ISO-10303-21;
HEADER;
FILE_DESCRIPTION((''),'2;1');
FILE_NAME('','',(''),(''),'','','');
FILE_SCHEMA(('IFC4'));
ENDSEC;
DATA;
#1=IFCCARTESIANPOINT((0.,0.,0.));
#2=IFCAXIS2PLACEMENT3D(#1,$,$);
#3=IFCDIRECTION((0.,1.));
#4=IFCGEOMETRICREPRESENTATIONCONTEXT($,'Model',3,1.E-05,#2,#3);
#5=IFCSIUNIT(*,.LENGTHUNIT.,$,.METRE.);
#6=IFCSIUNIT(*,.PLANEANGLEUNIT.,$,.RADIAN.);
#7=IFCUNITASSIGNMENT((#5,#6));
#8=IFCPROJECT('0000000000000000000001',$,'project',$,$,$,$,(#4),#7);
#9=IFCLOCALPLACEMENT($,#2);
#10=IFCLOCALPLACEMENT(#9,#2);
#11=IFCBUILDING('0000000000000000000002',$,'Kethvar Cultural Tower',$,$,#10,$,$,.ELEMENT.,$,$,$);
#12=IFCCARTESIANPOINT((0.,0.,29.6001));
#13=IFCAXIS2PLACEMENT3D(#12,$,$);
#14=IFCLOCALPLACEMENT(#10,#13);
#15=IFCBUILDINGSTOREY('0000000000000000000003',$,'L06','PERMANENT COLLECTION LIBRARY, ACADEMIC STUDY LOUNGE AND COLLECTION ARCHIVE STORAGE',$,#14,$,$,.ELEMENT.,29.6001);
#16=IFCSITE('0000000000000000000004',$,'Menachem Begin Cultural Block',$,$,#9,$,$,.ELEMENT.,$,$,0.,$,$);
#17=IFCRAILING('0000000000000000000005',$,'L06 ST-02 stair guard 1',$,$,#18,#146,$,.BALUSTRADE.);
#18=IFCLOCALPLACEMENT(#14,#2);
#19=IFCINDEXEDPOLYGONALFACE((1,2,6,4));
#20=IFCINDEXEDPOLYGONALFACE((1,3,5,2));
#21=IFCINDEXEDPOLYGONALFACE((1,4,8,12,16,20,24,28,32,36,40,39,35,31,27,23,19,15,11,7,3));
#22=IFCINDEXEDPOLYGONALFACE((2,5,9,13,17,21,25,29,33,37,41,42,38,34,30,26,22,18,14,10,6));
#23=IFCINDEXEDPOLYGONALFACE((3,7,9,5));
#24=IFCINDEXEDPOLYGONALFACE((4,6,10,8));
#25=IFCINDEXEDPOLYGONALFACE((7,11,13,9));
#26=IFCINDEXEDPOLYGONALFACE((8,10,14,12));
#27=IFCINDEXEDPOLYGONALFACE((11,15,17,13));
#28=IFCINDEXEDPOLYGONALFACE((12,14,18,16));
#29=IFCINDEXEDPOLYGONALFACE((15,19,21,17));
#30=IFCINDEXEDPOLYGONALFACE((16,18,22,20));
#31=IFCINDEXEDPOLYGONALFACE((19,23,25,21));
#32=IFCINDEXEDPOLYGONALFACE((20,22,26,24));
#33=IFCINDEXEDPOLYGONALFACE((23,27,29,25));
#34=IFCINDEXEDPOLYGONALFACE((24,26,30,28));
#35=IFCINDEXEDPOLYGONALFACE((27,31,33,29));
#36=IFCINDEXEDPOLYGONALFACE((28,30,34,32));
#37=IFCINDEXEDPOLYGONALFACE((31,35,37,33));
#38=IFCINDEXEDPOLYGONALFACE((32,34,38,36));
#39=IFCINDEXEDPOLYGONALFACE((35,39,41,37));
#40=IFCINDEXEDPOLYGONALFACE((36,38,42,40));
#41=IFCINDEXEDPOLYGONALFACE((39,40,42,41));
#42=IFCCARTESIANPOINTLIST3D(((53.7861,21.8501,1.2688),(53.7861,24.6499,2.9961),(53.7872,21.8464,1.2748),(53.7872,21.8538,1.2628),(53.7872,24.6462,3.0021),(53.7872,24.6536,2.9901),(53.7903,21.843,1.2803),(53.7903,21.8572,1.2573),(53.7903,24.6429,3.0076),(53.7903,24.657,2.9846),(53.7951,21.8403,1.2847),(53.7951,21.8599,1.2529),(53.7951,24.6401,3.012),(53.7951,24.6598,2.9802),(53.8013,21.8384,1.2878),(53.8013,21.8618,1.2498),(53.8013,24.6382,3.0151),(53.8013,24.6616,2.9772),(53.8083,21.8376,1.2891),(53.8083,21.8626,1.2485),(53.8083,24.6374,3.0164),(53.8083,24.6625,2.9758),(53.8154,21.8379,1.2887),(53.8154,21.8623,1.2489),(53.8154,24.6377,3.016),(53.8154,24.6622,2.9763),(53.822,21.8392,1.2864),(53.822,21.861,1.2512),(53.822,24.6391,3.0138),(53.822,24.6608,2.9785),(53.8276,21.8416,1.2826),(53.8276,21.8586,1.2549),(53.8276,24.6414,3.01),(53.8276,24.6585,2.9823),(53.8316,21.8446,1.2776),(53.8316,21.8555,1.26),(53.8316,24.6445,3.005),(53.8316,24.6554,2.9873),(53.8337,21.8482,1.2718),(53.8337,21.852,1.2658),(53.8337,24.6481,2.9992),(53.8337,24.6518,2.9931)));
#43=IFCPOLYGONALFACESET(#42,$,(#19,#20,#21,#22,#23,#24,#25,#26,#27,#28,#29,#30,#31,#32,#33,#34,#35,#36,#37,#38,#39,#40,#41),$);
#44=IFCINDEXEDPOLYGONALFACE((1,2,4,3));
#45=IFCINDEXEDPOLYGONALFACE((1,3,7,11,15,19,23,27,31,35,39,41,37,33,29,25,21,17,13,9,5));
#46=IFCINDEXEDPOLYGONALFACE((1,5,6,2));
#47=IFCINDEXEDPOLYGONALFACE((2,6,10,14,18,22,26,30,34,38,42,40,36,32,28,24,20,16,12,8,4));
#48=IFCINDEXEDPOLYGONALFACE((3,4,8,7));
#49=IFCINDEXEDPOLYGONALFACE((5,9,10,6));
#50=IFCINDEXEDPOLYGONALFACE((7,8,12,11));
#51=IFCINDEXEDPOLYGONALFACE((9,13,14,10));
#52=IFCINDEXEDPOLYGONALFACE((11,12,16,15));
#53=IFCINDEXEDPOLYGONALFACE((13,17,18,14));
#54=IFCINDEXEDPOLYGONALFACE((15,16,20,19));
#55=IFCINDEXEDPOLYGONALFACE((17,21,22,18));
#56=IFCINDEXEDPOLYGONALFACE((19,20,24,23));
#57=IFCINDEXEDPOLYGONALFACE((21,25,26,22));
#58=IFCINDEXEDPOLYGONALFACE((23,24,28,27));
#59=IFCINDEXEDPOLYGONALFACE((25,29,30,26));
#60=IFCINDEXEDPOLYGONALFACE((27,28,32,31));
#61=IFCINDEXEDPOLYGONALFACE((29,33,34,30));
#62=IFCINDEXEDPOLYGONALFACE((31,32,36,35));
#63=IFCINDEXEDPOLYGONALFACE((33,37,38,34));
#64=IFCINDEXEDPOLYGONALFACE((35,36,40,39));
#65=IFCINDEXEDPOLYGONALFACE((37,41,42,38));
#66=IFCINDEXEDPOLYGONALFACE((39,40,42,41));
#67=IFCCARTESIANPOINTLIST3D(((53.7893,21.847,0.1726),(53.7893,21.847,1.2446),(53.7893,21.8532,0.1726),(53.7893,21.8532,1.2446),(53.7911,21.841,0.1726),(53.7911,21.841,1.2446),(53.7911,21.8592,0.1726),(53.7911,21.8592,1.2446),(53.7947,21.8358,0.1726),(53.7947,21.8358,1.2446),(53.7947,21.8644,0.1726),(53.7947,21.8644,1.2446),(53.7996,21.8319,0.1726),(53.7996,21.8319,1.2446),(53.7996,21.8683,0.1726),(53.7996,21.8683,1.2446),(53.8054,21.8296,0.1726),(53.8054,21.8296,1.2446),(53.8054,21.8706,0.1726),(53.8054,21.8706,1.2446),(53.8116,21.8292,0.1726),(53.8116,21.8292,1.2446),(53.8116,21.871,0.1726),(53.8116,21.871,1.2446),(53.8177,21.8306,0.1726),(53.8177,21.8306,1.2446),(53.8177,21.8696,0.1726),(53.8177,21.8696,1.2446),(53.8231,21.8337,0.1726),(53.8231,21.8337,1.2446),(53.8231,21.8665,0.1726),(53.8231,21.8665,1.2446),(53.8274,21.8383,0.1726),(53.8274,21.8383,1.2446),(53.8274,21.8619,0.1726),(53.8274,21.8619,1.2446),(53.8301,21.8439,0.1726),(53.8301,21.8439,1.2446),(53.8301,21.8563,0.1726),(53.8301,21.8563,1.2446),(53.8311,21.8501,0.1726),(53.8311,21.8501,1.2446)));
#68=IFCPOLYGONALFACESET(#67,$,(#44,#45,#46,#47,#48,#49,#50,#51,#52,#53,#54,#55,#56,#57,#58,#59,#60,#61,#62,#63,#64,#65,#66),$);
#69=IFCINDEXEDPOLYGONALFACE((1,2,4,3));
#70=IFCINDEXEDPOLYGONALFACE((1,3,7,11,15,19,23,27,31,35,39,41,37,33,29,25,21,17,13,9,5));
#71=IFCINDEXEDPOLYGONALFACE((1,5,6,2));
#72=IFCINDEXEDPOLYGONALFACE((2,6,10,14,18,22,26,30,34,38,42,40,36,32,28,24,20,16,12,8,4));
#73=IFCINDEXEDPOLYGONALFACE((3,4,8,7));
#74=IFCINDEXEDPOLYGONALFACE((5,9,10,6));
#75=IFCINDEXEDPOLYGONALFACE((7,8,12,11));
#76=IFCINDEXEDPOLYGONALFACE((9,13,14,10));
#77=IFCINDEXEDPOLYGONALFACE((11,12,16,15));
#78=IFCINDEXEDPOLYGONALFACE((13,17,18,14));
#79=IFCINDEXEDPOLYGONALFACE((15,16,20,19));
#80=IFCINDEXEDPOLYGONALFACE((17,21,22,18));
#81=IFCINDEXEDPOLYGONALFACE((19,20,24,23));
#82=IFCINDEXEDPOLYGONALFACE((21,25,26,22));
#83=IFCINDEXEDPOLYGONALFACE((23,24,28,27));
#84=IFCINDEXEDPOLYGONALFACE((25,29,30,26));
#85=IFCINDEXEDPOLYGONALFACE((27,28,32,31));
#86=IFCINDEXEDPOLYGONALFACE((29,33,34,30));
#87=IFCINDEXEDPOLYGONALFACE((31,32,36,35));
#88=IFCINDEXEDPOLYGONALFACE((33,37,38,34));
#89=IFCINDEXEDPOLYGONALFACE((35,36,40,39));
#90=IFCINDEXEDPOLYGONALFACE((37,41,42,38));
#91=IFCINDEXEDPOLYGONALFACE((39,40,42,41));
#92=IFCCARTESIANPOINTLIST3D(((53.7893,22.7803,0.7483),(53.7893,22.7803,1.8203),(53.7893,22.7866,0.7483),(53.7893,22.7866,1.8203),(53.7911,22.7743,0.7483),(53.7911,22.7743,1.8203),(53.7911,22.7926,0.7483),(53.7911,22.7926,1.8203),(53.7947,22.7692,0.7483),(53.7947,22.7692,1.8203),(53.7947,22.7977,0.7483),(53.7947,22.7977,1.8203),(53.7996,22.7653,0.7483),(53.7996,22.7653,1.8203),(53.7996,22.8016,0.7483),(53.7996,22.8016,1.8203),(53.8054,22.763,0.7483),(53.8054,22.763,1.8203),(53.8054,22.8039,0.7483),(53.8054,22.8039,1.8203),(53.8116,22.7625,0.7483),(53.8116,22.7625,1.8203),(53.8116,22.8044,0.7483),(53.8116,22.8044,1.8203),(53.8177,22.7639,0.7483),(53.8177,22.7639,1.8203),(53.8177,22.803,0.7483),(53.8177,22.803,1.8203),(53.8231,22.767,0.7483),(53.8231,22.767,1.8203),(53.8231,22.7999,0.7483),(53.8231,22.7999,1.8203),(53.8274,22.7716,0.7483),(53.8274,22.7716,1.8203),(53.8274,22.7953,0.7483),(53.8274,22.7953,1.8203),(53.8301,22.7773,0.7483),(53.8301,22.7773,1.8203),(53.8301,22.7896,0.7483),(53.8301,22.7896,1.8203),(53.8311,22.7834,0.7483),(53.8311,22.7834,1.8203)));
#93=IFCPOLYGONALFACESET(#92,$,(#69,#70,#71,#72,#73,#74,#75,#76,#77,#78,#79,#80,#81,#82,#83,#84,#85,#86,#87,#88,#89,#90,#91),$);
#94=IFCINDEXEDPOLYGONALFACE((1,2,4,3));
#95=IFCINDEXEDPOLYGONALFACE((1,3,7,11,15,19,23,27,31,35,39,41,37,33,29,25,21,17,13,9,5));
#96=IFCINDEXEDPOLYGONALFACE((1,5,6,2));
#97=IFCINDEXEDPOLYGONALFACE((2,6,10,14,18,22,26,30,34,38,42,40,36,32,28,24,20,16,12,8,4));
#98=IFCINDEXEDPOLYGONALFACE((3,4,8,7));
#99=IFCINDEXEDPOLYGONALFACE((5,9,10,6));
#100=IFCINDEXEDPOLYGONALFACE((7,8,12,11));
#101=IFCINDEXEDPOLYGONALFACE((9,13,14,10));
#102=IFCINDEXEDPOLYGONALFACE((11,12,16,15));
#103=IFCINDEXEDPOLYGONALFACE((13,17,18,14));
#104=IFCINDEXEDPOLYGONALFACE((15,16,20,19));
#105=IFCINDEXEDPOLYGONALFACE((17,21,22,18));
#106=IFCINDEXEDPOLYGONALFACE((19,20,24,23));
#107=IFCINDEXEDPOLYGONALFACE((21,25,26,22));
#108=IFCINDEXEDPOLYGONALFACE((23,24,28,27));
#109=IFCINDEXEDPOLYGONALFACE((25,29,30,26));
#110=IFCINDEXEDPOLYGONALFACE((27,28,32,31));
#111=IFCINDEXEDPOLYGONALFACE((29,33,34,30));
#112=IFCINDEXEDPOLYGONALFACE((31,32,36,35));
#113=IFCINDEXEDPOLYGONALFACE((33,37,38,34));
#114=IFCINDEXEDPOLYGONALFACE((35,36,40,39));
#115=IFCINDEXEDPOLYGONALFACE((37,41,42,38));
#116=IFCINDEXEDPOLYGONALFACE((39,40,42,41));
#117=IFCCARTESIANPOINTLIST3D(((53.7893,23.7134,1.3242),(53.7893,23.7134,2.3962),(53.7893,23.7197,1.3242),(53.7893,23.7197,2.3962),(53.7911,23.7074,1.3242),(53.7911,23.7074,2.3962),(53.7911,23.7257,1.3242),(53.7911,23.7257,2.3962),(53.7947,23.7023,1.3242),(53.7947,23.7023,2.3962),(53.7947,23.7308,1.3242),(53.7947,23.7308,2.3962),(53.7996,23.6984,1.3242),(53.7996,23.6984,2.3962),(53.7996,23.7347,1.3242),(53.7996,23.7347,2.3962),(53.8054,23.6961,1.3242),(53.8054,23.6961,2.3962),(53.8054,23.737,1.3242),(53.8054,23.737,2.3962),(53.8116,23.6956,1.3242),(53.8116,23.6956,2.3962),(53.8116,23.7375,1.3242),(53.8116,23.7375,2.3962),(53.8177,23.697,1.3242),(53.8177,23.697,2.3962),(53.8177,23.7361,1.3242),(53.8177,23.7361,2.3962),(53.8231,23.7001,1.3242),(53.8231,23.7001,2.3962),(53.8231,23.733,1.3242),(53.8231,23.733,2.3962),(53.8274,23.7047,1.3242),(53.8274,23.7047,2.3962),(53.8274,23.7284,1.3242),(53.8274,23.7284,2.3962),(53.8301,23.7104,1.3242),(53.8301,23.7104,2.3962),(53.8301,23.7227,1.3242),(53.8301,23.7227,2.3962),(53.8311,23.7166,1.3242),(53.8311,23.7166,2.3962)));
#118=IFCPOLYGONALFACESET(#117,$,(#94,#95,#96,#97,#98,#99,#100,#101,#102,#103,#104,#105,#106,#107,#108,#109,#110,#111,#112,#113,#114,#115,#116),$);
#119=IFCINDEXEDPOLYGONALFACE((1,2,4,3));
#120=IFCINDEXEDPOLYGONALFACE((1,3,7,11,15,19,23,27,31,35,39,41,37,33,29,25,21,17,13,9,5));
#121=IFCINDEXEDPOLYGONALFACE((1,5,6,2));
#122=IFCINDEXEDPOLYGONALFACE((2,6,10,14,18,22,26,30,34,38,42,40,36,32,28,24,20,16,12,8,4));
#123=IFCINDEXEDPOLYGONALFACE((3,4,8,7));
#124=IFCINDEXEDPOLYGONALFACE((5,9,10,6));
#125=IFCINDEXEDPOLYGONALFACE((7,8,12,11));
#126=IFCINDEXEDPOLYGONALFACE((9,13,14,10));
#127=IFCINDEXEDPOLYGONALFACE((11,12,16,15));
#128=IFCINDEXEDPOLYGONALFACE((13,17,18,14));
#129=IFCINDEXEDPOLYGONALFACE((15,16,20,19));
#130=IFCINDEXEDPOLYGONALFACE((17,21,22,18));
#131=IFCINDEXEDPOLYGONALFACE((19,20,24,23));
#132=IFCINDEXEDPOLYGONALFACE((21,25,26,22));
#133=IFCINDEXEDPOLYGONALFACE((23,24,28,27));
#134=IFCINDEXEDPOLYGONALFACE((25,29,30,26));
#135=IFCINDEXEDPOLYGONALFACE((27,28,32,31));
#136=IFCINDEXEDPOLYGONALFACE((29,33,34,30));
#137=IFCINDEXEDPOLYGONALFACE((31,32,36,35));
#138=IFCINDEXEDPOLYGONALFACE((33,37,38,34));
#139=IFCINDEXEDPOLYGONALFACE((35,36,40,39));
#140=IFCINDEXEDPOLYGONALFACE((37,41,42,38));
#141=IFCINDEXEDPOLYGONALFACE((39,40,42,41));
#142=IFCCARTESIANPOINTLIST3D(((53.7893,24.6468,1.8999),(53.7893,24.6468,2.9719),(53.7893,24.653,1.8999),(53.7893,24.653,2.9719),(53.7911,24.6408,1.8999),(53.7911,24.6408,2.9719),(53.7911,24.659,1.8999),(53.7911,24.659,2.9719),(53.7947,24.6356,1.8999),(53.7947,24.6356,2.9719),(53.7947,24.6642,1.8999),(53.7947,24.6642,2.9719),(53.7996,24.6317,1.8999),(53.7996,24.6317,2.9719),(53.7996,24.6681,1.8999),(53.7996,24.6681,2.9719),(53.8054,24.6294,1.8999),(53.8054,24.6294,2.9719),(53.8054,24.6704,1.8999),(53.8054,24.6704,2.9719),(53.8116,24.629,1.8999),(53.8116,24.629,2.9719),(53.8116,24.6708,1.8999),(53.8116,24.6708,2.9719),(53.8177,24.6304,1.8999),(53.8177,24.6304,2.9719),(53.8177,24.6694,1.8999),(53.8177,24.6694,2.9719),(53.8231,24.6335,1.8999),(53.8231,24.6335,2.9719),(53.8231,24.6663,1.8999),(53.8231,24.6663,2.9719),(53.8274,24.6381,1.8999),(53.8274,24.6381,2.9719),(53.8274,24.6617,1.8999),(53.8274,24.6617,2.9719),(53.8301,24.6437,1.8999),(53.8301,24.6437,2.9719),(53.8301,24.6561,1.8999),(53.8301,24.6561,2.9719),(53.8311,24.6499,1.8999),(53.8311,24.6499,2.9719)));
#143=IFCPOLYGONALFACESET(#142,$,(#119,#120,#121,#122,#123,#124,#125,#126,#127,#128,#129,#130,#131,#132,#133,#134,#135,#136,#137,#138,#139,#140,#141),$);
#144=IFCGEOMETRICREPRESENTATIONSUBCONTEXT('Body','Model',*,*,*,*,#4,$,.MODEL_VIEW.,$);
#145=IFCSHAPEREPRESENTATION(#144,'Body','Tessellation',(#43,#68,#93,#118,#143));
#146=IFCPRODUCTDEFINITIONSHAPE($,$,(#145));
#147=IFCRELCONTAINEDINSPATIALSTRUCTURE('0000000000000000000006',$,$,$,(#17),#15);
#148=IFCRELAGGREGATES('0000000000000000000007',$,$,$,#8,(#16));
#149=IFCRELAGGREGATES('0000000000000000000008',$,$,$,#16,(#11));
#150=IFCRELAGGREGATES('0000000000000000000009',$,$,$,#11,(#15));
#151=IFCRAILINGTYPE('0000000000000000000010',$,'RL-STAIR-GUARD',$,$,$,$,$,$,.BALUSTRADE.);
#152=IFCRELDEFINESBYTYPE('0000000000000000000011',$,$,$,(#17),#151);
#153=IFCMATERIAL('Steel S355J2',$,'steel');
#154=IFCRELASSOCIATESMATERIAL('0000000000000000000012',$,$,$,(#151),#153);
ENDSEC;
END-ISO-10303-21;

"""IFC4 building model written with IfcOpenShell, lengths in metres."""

from ifc_helpers import new_model, si_unit, direction, frame, origin, origin_2d, place, context, subcontext, project, spatial, circle, extrude, material, type_object, element, save


model = new_model("IFC4")

# Units and contexts
model_context = context("Model", 3, precision=1e-05, world=origin(), true_north=direction((0.0, 1.0)))
body_context = subcontext(model_context, "Body", "Model", "MODEL_VIEW")
ifc_project = project(units=[si_unit("LENGTHUNIT", "METRE"), si_unit("PLANEANGLEUNIT", "RADIAN")], contexts=[model_context])

# Site, building, storey
site_placement = place(None, origin())
site = spatial("IfcSite", under=ifc_project, at=site_placement, Name="Menachem Begin Cultural Block", CompositionType="ELEMENT", RefElevation=0.0)
building_placement = place(site_placement, origin())
building = spatial("IfcBuilding", under=site, at=building_placement, Name="Kethvar Cultural Tower", CompositionType="ELEMENT")
storey_placement = place(building_placement, frame((0.0, 0.0, 29.6001)))
storey = spatial("IfcBuildingStorey", under=building, at=storey_placement, Name="L06", Description="PERMANENT COLLECTION LIBRARY, ACADEMIC STUDY LOUNGE AND COLLECTION ARCHIVE STORAGE", CompositionType="ELEMENT", Elevation=29.6001)

# Shared definitions
ifc_material_1 = material(Name="Steel S355J2", Category="steel")

# Railing
railing_type_1 = type_object("IfcRailingType", Name="RL-STAIR-GUARD", PredefinedType="BALUSTRADE", material=ifc_material_1)
railing_1_placement = place(storey_placement, frame((53.8101, 21.8501, 0.1726)))
element("IfcRailing", 1, at=railing_1_placement, inside=storey, type_object=railing_type_1, Name="L06 ST-02 stair guard 1", PredefinedType="BALUSTRADE", context=body_context, shape_type="SweptSolid", body=[
    extrude(circle(Radius=0.0239, at=origin_2d()), frame((0.0, 0.0, 1.0962), z_axis=(0.0, 0.851069, 0.525054), x_axis=(-1.0, 0.0, 0.0)), (0.0, 0.0, 1.0), 3.2898),
    extrude(circle(Radius=0.021, at=origin_2d()), origin(), (0.0, 0.0, 1.0), 1.072),
    extrude(circle(Radius=0.021, at=origin_2d()), frame((0.0, 0.9333, 0.5757)), (0.0, 0.0, 1.0), 1.072),
    extrude(circle(Radius=0.021, at=origin_2d()), frame((0.0, 1.8665, 1.1516)), (0.0, 0.0, 1.0), 1.072),
    extrude(circle(Radius=0.021, at=origin_2d()), frame((0.0, 2.7998, 1.7273)), (0.0, 0.0, 1.0), 1.072),
])

save(model, "model.ifc")
